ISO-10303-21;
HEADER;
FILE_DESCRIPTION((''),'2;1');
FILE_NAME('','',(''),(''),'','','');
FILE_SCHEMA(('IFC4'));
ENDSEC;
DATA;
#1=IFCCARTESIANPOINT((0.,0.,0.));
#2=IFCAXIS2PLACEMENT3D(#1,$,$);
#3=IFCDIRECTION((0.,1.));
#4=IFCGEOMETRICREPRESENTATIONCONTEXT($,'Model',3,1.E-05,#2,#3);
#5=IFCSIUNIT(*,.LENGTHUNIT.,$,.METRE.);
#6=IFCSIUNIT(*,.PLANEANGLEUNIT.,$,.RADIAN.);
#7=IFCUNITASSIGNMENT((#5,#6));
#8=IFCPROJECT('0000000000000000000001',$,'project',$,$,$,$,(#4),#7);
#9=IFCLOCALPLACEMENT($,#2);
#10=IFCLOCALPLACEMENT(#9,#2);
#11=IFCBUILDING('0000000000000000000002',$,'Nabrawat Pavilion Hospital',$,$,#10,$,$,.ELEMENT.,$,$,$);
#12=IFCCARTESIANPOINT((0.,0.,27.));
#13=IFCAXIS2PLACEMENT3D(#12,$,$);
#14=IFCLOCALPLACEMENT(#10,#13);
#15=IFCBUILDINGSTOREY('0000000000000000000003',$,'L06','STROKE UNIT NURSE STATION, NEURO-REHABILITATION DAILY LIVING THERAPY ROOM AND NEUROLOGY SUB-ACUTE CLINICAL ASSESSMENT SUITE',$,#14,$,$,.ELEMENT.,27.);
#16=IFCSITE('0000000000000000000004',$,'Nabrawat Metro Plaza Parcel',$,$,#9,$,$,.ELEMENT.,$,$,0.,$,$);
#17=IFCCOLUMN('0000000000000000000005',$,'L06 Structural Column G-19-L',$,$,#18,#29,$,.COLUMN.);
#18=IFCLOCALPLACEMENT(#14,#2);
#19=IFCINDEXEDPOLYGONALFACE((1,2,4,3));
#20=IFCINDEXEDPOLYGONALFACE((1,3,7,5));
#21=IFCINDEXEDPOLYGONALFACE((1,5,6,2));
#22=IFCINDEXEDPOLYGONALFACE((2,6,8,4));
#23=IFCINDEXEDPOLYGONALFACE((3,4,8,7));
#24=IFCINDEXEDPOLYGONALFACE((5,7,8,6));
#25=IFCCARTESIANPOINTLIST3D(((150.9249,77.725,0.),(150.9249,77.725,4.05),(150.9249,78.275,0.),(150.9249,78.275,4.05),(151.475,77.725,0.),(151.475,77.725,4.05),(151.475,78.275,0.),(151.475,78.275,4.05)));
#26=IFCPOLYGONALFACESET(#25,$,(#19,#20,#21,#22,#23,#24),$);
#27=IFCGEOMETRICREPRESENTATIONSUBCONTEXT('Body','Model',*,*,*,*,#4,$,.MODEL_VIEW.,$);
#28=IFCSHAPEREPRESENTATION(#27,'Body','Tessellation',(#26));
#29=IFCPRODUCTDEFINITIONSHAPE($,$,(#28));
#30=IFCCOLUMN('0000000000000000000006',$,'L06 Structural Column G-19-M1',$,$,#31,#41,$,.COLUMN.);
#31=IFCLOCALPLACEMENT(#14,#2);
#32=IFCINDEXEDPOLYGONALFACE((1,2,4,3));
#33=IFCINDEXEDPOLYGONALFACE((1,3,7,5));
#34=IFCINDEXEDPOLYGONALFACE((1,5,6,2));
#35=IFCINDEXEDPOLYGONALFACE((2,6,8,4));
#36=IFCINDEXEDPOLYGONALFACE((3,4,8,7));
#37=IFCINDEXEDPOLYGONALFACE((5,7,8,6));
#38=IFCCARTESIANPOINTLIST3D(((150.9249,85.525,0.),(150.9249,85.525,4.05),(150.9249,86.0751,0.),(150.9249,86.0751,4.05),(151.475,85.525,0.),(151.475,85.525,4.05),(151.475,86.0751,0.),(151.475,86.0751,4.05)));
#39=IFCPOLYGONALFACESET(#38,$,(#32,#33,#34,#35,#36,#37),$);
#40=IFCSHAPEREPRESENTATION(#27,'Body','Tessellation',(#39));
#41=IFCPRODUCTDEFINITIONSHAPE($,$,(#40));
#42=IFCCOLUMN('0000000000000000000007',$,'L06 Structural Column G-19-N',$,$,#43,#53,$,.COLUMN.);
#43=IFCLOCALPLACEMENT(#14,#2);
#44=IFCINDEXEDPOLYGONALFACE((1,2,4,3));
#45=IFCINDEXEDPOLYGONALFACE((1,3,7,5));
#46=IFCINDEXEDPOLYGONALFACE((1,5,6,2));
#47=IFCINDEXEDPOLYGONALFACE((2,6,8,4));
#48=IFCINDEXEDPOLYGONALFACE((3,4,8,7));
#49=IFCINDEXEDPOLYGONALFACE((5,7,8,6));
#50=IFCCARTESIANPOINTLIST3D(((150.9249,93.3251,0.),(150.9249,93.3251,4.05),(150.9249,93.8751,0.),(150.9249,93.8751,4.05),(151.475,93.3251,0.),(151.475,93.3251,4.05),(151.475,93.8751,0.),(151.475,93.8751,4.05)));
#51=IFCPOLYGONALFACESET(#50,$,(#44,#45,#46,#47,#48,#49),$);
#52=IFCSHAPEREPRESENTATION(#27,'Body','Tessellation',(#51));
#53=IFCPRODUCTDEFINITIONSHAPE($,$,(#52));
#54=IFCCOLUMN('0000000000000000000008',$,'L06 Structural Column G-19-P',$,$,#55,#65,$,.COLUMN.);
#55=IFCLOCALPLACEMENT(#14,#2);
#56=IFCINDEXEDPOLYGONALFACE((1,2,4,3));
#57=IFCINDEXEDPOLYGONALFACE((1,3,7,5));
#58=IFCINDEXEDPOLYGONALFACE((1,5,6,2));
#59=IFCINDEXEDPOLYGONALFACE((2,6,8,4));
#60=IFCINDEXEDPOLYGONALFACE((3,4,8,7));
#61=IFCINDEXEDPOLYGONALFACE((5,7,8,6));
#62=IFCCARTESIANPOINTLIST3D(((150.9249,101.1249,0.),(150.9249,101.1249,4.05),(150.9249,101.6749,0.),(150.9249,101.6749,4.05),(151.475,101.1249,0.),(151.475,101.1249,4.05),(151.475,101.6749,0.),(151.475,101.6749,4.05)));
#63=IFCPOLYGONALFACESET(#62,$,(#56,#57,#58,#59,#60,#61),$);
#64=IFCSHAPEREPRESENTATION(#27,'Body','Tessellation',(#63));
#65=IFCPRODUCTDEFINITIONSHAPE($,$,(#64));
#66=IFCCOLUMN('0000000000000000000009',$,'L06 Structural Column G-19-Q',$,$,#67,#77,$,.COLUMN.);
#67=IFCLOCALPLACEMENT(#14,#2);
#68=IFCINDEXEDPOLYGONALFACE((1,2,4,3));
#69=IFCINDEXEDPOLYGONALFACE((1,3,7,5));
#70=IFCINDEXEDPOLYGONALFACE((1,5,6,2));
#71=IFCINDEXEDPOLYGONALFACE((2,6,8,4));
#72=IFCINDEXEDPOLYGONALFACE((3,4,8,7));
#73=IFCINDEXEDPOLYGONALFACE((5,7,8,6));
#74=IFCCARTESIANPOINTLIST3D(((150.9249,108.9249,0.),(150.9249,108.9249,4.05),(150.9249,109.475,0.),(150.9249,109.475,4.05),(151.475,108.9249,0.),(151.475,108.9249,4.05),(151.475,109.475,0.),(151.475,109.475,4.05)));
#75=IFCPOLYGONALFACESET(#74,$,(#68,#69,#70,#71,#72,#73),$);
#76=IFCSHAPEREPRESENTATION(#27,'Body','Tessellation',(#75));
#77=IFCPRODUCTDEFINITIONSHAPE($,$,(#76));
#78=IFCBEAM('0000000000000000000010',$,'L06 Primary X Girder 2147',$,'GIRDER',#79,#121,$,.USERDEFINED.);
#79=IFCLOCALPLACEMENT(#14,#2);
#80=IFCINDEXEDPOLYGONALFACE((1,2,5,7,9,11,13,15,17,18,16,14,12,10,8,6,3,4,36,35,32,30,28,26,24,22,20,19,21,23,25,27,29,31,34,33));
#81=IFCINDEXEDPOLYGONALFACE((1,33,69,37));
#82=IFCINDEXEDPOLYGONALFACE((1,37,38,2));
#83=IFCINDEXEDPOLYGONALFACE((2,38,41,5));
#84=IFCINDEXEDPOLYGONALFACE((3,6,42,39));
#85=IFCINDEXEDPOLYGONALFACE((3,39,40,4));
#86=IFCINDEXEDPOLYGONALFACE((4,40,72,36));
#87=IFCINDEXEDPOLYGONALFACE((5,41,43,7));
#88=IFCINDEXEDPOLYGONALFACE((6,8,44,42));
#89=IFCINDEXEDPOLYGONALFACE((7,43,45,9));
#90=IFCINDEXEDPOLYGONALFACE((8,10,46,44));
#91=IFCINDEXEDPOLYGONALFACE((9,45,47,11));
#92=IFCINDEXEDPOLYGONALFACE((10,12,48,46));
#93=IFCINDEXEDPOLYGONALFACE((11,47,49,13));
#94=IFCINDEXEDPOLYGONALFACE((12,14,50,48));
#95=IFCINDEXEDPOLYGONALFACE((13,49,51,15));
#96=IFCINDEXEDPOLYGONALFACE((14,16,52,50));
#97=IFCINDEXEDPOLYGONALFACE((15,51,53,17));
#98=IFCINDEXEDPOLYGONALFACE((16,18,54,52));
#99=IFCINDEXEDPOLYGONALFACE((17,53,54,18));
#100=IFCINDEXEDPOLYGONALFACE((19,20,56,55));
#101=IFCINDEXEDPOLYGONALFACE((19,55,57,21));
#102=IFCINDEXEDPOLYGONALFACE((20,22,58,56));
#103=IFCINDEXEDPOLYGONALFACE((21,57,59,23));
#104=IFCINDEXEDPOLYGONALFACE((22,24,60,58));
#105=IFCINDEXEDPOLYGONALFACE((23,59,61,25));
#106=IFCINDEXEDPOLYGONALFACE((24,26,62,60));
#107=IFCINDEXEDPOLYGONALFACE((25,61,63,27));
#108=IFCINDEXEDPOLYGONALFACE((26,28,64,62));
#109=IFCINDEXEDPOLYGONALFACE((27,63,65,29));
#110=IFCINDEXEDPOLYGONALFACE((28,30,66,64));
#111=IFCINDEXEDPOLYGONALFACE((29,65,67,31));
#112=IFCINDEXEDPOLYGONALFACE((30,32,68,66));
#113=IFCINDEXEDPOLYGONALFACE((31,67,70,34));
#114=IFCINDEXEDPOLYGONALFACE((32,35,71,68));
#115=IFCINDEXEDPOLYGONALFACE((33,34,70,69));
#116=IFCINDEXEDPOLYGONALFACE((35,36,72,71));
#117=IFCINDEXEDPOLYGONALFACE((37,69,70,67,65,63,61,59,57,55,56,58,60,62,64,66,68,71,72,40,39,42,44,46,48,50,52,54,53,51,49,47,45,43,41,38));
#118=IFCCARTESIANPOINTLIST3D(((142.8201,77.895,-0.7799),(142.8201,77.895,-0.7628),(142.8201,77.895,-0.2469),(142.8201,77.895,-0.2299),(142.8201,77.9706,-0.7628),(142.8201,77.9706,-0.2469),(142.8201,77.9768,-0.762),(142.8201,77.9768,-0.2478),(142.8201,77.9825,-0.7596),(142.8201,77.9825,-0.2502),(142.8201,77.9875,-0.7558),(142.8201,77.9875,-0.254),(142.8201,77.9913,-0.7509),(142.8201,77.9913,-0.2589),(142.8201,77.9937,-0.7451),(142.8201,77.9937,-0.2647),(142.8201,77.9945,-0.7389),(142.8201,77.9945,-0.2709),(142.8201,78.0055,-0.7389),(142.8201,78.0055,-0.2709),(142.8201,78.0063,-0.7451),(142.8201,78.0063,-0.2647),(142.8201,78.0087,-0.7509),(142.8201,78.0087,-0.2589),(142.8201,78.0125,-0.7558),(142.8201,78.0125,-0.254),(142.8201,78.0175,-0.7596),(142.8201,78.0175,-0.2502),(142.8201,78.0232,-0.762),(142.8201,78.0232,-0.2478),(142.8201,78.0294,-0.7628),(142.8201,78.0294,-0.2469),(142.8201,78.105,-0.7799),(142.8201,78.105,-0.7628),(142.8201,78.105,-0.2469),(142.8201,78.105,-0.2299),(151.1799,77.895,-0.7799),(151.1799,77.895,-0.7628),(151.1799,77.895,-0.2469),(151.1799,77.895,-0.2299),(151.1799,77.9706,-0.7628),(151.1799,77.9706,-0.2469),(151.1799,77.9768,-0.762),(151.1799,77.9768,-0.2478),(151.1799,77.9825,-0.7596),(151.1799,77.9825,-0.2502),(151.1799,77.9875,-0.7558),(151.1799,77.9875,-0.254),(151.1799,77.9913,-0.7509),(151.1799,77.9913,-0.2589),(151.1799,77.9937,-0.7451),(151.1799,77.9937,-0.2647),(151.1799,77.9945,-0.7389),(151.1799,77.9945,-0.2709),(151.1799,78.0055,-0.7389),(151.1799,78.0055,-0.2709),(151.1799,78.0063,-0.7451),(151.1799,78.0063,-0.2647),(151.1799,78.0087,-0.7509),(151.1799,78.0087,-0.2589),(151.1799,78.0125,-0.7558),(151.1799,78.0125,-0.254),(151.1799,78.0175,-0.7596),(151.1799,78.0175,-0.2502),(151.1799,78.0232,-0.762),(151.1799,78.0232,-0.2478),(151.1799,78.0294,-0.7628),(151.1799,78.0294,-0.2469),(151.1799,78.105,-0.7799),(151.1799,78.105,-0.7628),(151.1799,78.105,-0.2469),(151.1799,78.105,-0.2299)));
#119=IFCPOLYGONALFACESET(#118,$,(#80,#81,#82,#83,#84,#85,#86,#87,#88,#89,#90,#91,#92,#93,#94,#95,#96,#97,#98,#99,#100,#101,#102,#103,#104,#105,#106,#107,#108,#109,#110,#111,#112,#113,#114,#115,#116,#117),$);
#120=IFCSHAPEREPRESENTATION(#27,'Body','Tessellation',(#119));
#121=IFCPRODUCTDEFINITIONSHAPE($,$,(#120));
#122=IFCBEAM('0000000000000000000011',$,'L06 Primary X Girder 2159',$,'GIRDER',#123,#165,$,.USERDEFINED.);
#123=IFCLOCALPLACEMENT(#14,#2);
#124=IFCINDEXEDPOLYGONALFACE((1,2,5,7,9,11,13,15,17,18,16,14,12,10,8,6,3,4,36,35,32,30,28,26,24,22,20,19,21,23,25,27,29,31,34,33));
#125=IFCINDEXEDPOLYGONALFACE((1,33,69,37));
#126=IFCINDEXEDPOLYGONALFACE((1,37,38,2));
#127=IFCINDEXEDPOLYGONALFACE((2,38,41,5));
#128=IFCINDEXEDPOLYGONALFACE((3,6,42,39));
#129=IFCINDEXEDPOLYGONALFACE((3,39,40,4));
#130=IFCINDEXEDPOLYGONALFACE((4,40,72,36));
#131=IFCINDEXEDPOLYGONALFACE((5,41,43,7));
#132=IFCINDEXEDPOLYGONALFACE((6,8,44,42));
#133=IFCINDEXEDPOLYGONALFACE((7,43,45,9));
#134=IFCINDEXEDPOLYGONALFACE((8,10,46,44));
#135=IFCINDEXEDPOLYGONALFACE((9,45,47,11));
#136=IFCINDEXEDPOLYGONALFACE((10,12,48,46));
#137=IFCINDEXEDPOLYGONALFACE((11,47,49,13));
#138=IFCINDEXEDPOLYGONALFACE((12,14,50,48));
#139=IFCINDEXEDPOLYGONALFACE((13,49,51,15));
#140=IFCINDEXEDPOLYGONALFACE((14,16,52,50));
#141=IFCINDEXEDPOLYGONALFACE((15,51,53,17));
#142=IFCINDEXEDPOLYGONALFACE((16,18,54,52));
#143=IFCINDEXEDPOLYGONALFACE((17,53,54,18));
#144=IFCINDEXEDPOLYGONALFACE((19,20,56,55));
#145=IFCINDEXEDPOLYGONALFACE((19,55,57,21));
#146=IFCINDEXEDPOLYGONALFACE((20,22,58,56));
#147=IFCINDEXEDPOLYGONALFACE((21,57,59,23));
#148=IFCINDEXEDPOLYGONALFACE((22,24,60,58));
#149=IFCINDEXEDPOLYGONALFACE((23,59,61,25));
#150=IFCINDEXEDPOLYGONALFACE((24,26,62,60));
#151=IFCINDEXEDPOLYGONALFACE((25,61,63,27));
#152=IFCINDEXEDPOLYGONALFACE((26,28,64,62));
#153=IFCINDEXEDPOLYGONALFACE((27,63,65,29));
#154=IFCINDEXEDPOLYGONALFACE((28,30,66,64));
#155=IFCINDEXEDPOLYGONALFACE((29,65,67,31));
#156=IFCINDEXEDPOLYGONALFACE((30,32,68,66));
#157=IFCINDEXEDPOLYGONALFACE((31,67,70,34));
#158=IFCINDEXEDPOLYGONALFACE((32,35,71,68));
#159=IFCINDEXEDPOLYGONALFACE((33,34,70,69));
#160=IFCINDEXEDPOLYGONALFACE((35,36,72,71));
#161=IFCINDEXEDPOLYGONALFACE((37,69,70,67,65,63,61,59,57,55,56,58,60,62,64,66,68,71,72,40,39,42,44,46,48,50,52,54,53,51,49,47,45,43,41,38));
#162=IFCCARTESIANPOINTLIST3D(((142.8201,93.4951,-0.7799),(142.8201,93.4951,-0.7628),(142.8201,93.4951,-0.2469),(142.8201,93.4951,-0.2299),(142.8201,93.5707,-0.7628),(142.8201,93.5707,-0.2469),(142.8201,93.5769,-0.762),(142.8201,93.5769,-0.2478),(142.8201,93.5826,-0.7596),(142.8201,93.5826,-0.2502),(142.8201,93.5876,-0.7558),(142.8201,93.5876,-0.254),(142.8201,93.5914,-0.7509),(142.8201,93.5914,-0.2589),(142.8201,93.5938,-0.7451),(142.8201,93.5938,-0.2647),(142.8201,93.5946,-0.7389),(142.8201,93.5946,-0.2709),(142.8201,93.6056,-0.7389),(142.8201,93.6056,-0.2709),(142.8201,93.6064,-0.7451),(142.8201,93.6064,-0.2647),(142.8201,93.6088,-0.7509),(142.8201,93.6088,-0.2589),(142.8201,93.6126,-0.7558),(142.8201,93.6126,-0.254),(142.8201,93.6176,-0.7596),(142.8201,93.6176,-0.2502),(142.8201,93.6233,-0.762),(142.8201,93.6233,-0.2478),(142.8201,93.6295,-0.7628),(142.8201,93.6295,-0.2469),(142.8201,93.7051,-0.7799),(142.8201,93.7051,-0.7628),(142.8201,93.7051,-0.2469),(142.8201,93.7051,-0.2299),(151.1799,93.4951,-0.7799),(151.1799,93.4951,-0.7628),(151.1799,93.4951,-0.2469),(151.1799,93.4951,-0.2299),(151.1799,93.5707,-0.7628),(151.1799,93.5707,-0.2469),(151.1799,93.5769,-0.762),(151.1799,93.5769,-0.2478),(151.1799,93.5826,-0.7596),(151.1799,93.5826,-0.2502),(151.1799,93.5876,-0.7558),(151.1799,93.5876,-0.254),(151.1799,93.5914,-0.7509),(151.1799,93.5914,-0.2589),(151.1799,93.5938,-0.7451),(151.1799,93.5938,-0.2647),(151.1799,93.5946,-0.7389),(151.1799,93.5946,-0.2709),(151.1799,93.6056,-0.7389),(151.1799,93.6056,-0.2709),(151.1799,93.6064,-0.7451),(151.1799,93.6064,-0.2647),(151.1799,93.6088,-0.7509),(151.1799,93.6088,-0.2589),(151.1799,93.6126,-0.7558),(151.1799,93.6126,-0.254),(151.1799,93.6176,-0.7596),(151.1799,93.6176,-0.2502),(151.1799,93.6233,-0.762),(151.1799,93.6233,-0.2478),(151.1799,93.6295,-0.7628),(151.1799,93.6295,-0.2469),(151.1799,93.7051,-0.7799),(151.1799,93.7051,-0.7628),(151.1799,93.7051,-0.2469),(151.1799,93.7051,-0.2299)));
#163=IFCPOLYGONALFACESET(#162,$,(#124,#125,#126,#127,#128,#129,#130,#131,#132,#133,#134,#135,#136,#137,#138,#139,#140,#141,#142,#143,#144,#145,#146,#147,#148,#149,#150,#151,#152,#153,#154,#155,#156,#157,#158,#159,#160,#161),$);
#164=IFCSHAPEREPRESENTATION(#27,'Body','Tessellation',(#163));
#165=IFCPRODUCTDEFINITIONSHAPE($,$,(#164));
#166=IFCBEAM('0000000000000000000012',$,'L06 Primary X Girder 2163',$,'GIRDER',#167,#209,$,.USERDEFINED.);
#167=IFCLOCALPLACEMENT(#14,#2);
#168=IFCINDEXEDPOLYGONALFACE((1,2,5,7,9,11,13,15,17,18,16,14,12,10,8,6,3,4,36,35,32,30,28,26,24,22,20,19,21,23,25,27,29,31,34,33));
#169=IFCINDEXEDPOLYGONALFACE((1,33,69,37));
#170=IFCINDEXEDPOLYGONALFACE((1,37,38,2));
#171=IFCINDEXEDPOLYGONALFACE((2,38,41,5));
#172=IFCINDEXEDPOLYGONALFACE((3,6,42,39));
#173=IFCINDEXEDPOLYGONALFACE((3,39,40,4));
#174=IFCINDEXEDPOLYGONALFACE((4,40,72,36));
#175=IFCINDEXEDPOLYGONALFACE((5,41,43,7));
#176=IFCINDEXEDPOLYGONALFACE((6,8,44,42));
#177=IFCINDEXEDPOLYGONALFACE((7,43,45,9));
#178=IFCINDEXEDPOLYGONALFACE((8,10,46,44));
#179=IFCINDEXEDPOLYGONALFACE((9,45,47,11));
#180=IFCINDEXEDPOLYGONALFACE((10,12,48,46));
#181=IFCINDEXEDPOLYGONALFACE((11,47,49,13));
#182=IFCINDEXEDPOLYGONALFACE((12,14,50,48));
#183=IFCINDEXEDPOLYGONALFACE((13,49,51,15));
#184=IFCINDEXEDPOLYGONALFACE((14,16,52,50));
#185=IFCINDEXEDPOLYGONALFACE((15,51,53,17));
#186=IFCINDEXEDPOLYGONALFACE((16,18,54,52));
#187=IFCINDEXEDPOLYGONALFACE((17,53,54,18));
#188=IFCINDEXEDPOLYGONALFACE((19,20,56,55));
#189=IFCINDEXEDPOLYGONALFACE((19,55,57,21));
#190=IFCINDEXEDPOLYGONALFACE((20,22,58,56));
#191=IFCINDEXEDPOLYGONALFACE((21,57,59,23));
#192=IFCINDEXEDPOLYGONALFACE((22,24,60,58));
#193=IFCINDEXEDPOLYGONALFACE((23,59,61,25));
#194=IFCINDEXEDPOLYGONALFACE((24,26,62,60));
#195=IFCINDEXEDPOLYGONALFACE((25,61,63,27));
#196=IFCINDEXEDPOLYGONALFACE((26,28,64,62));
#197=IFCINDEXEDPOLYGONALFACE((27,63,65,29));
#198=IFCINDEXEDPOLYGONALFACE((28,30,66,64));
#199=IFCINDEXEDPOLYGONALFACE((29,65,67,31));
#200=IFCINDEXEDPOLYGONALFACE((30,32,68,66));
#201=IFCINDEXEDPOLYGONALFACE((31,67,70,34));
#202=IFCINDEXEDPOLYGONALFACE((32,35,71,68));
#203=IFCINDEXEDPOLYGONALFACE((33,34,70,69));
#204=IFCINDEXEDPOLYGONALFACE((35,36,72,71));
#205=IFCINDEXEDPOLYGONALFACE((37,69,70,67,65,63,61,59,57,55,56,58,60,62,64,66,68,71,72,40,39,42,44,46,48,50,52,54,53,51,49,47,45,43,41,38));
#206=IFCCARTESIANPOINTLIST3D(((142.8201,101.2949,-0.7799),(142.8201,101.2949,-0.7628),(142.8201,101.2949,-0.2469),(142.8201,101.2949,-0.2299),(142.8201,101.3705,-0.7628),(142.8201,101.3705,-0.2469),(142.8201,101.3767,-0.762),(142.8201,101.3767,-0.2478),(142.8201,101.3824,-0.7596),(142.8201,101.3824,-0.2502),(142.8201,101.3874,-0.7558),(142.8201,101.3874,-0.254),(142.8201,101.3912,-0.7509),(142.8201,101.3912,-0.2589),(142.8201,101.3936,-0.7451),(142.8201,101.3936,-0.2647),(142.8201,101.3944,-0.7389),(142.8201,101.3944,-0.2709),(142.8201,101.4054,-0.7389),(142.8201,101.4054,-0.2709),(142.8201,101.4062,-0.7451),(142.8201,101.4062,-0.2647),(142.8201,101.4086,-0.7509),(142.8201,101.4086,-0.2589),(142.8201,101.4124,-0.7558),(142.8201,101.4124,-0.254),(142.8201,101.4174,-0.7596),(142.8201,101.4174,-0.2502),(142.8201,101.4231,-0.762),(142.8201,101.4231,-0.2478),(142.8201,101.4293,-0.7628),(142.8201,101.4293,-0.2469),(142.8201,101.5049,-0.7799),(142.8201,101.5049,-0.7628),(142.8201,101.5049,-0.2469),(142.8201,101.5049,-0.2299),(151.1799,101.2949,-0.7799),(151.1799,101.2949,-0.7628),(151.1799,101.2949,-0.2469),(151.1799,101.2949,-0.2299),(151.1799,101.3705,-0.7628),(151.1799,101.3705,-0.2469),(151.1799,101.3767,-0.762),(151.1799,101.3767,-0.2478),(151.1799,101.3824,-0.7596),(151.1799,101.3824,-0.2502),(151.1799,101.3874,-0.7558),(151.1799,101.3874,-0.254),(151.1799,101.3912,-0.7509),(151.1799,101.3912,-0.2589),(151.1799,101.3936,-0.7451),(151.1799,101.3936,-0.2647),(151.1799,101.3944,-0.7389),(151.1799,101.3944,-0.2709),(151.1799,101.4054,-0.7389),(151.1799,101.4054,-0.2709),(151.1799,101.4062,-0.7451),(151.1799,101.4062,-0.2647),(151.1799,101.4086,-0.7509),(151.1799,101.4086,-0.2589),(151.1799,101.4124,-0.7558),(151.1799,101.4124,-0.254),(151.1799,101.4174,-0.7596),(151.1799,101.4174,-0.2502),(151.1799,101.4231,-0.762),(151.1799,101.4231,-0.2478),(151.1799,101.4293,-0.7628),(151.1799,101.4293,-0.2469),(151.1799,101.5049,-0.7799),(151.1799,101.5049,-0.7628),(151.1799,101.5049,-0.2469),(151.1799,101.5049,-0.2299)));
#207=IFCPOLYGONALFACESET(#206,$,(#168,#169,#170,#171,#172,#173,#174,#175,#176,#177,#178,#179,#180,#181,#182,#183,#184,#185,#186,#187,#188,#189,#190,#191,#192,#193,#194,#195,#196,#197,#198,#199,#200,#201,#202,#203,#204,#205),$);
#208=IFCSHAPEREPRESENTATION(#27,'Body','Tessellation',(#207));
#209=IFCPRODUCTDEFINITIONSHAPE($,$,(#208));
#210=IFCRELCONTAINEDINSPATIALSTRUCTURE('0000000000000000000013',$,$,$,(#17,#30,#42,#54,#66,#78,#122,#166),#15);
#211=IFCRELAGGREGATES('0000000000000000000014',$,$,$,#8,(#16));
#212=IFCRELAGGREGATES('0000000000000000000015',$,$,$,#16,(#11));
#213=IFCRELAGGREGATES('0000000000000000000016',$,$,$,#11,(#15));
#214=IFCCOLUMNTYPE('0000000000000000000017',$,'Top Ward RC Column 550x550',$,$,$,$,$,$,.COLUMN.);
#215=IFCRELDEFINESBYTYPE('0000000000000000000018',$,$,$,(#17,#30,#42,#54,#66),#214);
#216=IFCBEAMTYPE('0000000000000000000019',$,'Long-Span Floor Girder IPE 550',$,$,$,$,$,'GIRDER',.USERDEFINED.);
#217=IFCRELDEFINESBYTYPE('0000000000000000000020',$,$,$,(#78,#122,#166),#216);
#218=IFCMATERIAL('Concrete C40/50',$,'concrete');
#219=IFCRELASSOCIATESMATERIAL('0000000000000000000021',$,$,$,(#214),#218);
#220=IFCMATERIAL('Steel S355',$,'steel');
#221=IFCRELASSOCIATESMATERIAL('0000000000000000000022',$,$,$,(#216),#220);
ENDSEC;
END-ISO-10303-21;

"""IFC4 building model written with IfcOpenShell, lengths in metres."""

from ifc_helpers import new_model, si_unit, direction, frame, origin, origin_2d, place, context, subcontext, project, spatial, rectangle, i_section, extrude, material, material_profile, profile_set, type_object, element, save


model = new_model("IFC4")

# Units and contexts
model_context = context("Model", 3, precision=1e-05, world=origin(), true_north=direction((0.0, 1.0)))
body_context = subcontext(model_context, "Body", "Model", "MODEL_VIEW")
ifc_project = project(units=[si_unit("LENGTHUNIT", "METRE"), si_unit("PLANEANGLEUNIT", "RADIAN")], contexts=[model_context])

# Site, building, storey
site_placement = place(None, origin())
site = spatial("IfcSite", under=ifc_project, at=site_placement, Name="Nabrawat Metro Plaza Parcel", CompositionType="ELEMENT", RefElevation=0.0)
building_placement = place(site_placement, origin())
building = spatial("IfcBuilding", under=site, at=building_placement, Name="Nabrawat Pavilion Hospital", CompositionType="ELEMENT")
storey_placement = place(building_placement, frame((0.0, 0.0, 27.0)))
storey = spatial("IfcBuildingStorey", under=building, at=storey_placement, Name="L06", Description="STROKE UNIT NURSE STATION, NEURO-REHABILITATION DAILY LIVING THERAPY ROOM AND NEUROLOGY SUB-ACUTE CLINICAL ASSESSMENT SUITE", CompositionType="ELEMENT", Elevation=27.0)

# Columns
ifc_material_1 = material(Name="Concrete C40/50", Category="concrete")
ifc_material_profile_1 = material_profile(ifc_material_1, rectangle(XDim=0.55, YDim=0.55, at=origin_2d()), Name="RC 550x550")
ifc_profile_set_1 = profile_set([ifc_material_profile_1], Name="Concrete C40/50")
column_type = type_object("IfcColumnType", Name="Top Ward RC Column 550x550", PredefinedType="COLUMN", material=ifc_profile_set_1)
for number, where, z_axis, x_axis, name in (
    (1, (151.2, 78.0, 0.0), (0.0, 0.0, 1.0), (1.0, 0.0, 0.0), "L06 Structural Column G-19-L"),
    (2, (151.2, 85.8, 0.0), (0.0, 0.0, 1.0), (1.0, 0.0, 0.0), "L06 Structural Column G-19-M1"),
    (3, (151.2, 93.6001, 0.0), (0.0, 0.0, 1.0), (1.0, 0.0, 0.0), "L06 Structural Column G-19-N"),
    (4, (151.2, 101.3999, 0.0), (0.0, 0.0, 1.0), (1.0, 0.0, 0.0), "L06 Structural Column G-19-P"),
    (5, (151.2, 109.2, 0.0), (0.0, 0.0, 1.0), (1.0, 0.0, 0.0), "L06 Structural Column G-19-Q"),
):
    element("IfcColumn", number, at=place(storey_placement, frame(where, z_axis=z_axis, x_axis=x_axis)), inside=storey, type_object=column_type, Name=name, PredefinedType="COLUMN", context=body_context, shape_type="SweptSolid", body=[
        extrude(rectangle(XDim=0.55, YDim=0.55, at=origin_2d()), origin(), (0.0, 0.0, 1.0), 4.05),
    ])

# Beams
ifc_material_2 = material(Name="Steel S355", Category="steel")
ifc_material_profile_2 = material_profile(ifc_material_2, i_section(OverallWidth=0.21, OverallDepth=0.55, WebThickness=0.011, FlangeThickness=0.0171, FilletRadius=0.0239, at=origin_2d()), Name="IPE 550")
ifc_profile_set_2 = profile_set([ifc_material_profile_2], Name="Steel S355")
beam_type_1 = type_object("IfcBeamType", Name="Long-Span Floor Girder IPE 550", ElementType="GIRDER", PredefinedType="USERDEFINED", material=ifc_profile_set_2)
for number, where, z_axis, x_axis, name in (
    (6, (142.8201, 78.0, -0.5049), (1.0, 0.0, 0.0), (0.0, 1.0, 0.0), "L06 Primary X Girder 2147"),
    (7, (142.8201, 93.6001, -0.5049), (1.0, 0.0, 0.0), (0.0, 1.0, 0.0), "L06 Primary X Girder 2159"),
    (8, (142.8201, 101.3999, -0.5049), (1.0, 0.0, 0.0), (0.0, 1.0, 0.0), "L06 Primary X Girder 2163"),
):
    element("IfcBeam", number, at=place(storey_placement, frame(where, z_axis=z_axis, x_axis=x_axis)), inside=storey, type_object=beam_type_1, Name=name, ObjectType="GIRDER", PredefinedType="USERDEFINED", context=body_context, shape_type="SweptSolid", body=[
        extrude(i_section(OverallWidth=0.21, OverallDepth=0.55, WebThickness=0.011, FlangeThickness=0.0171, FilletRadius=0.0239, at=origin_2d()), origin(), (0.0, 0.0, 1.0), 8.3599),
    ])

save(model, "model.ifc")
